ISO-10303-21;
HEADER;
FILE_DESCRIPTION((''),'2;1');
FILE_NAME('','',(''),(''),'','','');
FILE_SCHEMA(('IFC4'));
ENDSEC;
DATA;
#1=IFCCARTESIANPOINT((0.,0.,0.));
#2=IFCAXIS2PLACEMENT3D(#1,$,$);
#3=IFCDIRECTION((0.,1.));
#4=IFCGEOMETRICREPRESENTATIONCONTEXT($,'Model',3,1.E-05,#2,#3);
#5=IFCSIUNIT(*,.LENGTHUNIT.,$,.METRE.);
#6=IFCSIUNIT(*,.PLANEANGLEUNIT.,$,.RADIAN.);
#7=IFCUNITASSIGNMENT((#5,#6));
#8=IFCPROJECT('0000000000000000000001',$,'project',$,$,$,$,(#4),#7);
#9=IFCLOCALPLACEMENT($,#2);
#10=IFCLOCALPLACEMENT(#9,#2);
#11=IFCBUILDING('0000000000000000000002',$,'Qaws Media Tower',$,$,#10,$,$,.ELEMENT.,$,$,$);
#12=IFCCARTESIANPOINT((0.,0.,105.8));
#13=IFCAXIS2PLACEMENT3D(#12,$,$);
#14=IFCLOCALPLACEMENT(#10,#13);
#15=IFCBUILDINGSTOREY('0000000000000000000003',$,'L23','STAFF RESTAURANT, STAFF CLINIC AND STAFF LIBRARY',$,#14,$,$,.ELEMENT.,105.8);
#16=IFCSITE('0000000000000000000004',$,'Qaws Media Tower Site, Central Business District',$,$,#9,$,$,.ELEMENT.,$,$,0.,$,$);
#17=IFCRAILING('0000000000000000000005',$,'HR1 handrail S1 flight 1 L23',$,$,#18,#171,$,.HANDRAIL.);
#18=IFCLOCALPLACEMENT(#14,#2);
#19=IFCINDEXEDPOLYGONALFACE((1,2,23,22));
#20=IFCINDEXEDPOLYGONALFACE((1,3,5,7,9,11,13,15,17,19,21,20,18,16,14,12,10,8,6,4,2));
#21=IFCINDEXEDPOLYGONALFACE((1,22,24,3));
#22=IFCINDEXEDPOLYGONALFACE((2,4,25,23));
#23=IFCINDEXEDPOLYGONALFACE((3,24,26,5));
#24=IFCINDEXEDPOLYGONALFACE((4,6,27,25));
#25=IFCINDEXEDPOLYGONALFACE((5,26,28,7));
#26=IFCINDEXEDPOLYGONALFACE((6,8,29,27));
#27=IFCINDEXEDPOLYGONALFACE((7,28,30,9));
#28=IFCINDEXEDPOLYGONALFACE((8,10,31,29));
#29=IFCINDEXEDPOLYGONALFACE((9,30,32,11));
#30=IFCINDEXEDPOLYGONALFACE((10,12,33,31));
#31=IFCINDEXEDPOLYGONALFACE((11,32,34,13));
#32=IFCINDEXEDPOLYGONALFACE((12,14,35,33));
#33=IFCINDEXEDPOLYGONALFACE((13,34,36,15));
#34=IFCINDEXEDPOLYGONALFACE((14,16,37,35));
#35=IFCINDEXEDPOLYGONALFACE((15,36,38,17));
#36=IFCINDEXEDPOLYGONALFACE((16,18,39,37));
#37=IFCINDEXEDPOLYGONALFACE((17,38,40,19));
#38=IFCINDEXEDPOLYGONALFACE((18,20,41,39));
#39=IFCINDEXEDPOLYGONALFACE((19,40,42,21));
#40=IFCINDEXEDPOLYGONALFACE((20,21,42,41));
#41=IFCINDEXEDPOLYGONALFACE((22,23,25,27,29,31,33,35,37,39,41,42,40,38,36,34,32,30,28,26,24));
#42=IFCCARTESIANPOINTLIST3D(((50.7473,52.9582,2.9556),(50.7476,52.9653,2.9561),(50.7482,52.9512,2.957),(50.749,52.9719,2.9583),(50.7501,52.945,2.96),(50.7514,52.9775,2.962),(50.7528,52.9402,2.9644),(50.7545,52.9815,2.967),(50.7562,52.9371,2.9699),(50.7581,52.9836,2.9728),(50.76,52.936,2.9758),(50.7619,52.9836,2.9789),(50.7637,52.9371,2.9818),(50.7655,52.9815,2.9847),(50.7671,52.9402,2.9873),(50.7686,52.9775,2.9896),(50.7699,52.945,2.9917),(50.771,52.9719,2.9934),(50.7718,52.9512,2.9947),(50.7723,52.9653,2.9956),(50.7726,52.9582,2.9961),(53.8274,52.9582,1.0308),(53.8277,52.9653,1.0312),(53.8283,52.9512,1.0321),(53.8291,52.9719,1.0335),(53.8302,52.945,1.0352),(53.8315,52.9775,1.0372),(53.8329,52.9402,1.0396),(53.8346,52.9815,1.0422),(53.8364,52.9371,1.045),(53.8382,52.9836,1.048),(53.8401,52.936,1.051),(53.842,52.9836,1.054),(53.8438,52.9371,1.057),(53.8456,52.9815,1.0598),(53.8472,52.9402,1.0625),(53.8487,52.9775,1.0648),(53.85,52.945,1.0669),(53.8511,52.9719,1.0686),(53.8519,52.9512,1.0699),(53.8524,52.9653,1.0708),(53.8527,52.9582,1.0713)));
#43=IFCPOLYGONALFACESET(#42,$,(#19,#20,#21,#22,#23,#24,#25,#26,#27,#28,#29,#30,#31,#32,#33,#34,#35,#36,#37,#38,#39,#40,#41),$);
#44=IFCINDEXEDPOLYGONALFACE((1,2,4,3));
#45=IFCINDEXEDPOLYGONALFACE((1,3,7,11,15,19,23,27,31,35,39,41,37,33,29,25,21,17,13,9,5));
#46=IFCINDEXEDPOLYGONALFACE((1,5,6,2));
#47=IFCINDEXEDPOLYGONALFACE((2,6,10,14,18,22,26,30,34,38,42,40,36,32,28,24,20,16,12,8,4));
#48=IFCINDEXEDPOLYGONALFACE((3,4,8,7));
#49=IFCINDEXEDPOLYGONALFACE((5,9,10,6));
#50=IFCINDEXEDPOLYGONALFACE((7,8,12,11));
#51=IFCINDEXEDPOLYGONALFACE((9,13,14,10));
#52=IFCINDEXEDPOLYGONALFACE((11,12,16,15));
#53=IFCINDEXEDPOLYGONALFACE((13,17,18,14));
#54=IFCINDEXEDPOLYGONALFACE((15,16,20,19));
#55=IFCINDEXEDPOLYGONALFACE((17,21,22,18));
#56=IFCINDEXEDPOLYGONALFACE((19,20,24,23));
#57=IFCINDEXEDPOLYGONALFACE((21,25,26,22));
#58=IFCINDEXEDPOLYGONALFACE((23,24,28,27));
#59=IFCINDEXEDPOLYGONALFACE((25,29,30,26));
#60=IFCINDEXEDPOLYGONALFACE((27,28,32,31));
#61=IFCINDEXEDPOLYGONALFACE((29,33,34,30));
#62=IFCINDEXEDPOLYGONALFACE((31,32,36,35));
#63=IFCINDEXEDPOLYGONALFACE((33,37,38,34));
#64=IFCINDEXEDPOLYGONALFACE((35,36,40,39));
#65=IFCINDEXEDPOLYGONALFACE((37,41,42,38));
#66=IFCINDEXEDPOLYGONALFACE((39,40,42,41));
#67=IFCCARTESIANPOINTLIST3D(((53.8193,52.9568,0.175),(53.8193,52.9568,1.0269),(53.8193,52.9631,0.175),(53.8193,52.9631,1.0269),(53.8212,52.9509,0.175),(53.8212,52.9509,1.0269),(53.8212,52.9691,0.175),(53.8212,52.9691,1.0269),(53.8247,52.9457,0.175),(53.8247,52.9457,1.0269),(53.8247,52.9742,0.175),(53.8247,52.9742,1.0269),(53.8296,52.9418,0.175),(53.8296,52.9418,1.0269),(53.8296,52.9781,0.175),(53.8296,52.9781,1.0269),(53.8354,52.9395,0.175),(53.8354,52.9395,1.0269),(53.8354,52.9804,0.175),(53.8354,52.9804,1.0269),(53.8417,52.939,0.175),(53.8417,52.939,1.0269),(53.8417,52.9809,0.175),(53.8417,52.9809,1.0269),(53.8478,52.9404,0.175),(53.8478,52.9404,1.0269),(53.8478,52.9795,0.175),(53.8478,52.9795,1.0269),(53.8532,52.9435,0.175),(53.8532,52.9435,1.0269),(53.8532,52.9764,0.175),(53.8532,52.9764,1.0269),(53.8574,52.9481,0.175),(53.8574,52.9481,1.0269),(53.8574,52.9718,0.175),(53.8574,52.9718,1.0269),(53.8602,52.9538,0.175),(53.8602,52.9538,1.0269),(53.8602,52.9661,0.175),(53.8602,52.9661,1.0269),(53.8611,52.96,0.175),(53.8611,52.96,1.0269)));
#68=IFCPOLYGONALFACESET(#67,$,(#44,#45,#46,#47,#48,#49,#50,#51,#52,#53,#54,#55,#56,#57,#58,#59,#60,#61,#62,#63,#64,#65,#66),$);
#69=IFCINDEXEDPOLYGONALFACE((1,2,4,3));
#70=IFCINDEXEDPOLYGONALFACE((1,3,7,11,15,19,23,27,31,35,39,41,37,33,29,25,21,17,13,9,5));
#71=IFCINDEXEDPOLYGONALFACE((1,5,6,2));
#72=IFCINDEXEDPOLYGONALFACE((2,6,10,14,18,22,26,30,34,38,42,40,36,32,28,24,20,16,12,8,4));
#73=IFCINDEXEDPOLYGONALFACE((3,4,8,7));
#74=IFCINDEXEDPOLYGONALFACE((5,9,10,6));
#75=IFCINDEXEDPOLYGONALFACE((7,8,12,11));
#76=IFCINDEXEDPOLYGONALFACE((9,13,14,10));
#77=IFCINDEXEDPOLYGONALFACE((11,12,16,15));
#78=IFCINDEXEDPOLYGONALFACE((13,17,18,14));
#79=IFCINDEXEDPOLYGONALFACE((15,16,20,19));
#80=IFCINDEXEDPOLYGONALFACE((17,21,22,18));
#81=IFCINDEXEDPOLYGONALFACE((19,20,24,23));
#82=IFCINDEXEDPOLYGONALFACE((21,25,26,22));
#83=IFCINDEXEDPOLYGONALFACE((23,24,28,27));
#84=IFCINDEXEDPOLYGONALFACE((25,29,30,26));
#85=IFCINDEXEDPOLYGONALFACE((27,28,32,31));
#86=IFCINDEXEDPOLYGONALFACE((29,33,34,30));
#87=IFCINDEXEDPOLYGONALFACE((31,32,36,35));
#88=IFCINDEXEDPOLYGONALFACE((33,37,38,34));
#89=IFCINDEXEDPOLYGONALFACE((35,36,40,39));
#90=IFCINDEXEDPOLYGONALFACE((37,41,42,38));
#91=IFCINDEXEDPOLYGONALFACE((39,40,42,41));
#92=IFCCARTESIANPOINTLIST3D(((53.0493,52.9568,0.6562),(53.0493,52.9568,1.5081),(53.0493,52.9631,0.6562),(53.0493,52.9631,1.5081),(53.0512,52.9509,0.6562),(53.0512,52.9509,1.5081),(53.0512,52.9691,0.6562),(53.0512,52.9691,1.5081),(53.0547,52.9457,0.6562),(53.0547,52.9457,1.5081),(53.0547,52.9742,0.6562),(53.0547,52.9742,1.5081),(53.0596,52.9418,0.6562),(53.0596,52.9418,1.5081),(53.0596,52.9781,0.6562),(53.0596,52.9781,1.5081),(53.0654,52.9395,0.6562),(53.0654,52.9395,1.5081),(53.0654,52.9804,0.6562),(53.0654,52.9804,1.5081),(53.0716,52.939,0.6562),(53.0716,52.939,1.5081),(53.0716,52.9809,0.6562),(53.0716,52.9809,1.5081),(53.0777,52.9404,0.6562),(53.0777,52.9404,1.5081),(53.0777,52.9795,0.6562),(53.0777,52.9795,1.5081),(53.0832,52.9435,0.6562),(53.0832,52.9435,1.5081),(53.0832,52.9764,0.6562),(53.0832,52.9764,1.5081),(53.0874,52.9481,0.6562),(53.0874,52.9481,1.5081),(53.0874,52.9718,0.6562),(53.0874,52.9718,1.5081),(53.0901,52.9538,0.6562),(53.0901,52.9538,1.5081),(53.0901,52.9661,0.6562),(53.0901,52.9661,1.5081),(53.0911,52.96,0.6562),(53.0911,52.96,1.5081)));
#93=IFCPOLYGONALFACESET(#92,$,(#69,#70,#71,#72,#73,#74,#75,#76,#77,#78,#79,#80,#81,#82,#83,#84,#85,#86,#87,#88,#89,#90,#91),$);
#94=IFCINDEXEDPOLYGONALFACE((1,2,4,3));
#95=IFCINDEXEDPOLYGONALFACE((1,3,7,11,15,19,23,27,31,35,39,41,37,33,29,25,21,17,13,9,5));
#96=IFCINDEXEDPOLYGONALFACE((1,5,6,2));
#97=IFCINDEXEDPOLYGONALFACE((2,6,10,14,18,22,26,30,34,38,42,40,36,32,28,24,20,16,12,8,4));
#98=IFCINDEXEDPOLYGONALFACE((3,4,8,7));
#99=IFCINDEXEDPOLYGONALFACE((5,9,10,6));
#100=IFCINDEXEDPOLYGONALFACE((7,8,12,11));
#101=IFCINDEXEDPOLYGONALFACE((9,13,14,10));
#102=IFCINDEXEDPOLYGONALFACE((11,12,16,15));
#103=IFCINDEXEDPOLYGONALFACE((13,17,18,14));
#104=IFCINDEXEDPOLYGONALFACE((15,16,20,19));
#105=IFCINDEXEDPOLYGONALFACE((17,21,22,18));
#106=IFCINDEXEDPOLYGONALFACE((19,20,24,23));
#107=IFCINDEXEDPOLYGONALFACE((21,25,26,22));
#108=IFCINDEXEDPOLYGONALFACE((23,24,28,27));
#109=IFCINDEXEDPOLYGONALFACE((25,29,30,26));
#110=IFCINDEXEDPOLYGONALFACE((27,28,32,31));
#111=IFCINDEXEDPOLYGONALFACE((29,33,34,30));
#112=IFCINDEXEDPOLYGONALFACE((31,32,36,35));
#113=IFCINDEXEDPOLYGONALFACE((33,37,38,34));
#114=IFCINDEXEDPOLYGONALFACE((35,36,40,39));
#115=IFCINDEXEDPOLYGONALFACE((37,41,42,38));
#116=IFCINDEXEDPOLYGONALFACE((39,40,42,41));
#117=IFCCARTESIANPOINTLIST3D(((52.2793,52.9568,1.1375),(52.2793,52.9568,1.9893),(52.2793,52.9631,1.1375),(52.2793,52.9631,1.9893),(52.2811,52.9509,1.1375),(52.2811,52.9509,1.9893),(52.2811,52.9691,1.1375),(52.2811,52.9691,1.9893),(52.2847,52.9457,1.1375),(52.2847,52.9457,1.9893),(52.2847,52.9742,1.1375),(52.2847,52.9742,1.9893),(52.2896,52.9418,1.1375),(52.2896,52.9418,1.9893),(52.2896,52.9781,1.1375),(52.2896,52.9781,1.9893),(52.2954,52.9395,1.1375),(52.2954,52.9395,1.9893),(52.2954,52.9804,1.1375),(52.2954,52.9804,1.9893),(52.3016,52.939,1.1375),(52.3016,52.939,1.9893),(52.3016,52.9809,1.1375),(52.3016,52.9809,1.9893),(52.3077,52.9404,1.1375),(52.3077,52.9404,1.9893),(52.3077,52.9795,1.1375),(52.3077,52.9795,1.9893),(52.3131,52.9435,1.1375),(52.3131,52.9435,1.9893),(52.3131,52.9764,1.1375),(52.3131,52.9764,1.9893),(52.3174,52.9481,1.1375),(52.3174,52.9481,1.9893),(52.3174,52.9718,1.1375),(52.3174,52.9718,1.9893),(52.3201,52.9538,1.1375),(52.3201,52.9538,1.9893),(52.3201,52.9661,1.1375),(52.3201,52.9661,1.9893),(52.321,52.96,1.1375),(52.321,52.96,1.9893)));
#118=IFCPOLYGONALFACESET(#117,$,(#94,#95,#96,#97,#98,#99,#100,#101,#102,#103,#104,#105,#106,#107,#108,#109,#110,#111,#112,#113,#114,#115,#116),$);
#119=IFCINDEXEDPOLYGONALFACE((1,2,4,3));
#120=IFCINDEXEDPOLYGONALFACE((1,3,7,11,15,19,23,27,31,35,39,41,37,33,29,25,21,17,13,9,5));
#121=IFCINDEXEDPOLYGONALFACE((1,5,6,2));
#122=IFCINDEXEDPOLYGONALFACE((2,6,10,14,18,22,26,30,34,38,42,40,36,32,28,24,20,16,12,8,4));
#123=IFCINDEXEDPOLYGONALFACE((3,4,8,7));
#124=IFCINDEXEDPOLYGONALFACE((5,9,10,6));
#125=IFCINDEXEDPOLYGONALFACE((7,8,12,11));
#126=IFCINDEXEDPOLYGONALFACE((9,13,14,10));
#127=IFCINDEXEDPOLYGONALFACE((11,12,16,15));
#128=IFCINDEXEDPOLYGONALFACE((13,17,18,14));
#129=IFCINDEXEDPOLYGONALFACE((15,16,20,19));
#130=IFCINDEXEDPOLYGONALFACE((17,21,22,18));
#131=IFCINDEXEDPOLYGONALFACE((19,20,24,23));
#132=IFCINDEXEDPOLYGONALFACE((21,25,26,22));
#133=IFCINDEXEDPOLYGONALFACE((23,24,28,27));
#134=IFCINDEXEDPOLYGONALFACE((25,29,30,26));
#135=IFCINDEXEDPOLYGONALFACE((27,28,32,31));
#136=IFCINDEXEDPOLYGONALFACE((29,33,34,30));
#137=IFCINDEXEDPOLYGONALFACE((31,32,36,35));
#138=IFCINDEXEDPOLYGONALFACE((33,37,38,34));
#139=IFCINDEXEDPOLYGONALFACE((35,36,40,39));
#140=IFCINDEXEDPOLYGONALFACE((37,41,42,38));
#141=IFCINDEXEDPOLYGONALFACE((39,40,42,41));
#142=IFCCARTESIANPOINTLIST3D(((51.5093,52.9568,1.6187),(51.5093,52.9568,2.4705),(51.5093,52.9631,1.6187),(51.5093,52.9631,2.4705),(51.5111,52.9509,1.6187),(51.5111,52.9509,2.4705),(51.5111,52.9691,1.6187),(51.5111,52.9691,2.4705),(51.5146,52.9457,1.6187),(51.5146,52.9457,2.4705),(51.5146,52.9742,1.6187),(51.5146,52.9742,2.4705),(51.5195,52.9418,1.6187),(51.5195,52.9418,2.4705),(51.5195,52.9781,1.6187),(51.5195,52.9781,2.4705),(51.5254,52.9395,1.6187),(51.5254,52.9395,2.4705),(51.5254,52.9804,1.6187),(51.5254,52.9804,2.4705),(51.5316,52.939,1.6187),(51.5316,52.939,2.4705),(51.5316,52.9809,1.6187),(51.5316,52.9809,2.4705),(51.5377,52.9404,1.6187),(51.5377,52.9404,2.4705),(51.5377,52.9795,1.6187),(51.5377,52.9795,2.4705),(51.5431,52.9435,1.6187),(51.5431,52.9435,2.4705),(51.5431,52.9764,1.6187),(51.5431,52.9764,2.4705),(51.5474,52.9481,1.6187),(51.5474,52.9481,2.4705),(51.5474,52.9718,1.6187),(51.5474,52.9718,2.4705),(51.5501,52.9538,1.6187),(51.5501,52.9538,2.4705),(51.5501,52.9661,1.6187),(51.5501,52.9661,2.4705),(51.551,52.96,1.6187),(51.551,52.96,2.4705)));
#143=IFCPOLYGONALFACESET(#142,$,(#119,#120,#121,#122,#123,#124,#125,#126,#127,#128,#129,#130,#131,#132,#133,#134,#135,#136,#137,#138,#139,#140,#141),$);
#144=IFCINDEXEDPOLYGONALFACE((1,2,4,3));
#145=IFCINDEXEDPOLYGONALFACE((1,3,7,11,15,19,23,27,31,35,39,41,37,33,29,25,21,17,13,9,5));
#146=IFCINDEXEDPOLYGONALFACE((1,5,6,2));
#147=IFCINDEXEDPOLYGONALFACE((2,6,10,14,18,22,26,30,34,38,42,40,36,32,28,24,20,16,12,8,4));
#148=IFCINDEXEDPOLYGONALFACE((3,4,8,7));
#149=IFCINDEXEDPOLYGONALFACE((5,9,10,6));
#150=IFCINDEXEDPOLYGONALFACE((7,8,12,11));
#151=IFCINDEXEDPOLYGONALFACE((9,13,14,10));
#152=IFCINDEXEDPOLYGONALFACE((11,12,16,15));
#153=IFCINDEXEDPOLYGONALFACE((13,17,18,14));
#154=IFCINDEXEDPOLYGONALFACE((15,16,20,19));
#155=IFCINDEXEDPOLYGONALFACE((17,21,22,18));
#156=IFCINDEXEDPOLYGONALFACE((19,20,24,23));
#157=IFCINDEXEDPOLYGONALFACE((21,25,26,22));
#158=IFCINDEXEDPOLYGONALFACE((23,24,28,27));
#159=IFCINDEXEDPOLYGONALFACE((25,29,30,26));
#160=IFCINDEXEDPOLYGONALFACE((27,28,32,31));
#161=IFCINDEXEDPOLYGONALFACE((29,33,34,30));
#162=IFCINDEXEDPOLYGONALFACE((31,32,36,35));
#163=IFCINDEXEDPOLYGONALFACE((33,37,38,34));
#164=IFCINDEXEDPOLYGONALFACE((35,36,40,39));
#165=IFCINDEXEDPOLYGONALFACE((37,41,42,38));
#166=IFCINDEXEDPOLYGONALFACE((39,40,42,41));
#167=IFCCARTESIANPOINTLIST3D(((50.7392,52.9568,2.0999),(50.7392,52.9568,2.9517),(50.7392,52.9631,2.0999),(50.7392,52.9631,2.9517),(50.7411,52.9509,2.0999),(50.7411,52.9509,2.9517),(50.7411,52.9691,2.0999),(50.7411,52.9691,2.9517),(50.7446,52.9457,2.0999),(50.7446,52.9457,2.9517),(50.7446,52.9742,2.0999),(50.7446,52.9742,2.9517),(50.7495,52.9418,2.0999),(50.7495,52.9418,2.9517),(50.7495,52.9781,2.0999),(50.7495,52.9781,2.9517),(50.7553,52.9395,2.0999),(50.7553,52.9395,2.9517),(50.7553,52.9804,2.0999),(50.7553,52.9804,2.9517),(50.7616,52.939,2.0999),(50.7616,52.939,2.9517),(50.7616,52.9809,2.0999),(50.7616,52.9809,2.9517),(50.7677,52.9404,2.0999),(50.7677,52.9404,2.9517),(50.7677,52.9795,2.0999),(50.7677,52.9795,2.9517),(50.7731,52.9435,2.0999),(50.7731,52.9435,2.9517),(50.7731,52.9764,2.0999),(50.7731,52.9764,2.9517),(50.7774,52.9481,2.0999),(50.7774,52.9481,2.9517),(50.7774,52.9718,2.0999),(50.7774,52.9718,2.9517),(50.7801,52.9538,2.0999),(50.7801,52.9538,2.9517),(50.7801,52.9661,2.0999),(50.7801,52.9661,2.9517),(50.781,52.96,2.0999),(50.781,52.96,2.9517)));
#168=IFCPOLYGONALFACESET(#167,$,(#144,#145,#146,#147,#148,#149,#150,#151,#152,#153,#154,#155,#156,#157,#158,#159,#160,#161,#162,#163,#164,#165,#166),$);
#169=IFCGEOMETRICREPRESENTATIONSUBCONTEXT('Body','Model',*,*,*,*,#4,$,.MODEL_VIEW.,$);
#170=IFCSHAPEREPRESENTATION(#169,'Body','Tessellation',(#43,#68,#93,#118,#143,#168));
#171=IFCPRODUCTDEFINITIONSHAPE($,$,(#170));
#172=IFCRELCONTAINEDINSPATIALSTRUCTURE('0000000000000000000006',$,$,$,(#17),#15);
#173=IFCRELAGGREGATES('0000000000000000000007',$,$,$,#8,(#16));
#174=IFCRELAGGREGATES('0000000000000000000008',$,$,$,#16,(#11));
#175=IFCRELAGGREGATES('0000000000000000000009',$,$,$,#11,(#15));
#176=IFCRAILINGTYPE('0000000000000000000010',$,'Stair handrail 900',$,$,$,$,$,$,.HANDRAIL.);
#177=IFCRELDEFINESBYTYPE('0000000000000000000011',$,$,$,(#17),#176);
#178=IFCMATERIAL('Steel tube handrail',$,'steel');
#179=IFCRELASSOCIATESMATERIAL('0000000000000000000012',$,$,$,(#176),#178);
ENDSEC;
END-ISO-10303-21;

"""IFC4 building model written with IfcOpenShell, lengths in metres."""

from ifc_helpers import new_model, si_unit, direction, frame, origin, origin_2d, place, context, subcontext, project, spatial, circle, extrude, material, type_object, element, save


model = new_model("IFC4")

# Units and contexts
model_context = context("Model", 3, precision=1e-05, world=origin(), true_north=direction((0.0, 1.0)))
body_context = subcontext(model_context, "Body", "Model", "MODEL_VIEW")
ifc_project = project(units=[si_unit("LENGTHUNIT", "METRE"), si_unit("PLANEANGLEUNIT", "RADIAN")], contexts=[model_context])

# Site, building, storey
site_placement = place(None, origin())
site = spatial("IfcSite", under=ifc_project, at=site_placement, Name="Qaws Media Tower Site, Central Business District", CompositionType="ELEMENT", RefElevation=0.0)
building_placement = place(site_placement, origin())
building = spatial("IfcBuilding", under=site, at=building_placement, Name="Qaws Media Tower", CompositionType="ELEMENT")
storey_placement = place(building_placement, frame((0.0, 0.0, 105.8)))
storey = spatial("IfcBuildingStorey", under=building, at=storey_placement, Name="L23", Description="STAFF RESTAURANT, STAFF CLINIC AND STAFF LIBRARY", CompositionType="ELEMENT", Elevation=105.8)

# Railing
ifc_material_1 = material(Name="Steel tube handrail", Category="steel")
railing_type = type_object("IfcRailingType", Name="Stair handrail 900", PredefinedType="HANDRAIL", material=ifc_material_1)
for number, where, name in (
    (1, (53.8401, 52.96, 0.175), "HR1 handrail S1 flight 1 L23"),
):
    element("IfcRailing", number, at=place(storey_placement, frame(where)), inside=storey, type_object=railing_type, Name=name, PredefinedType="HANDRAIL", context=body_context, shape_type="SweptSolid", body=[
        extrude(circle(Radius=0.0239, at=origin_2d()), frame((0.0, 0.0, 0.876), z_axis=(-0.848029, 0.0, 0.529951), x_axis=(0.0, -1.0, 0.0)), (0.0, 0.0, 1.0), 3.6321),
        extrude(circle(Radius=0.021, at=origin_2d()), origin(), (0.0, 0.0, 1.0), 0.8518),
        extrude(circle(Radius=0.021, at=origin_2d()), frame((-0.77, 0.0, 0.4812)), (0.0, 0.0, 1.0), 0.8518),
        extrude(circle(Radius=0.021, at=origin_2d()), frame((-1.54, 0.0, 0.9624)), (0.0, 0.0, 1.0), 0.8518),
        extrude(circle(Radius=0.021, at=origin_2d()), frame((-2.3101, 0.0, 1.4436)), (0.0, 0.0, 1.0), 0.8518),
        extrude(circle(Radius=0.021, at=origin_2d()), frame((-3.0801, 0.0, 1.9248)), (0.0, 0.0, 1.0), 0.8518),
    ])

save(model, "model.ifc")
